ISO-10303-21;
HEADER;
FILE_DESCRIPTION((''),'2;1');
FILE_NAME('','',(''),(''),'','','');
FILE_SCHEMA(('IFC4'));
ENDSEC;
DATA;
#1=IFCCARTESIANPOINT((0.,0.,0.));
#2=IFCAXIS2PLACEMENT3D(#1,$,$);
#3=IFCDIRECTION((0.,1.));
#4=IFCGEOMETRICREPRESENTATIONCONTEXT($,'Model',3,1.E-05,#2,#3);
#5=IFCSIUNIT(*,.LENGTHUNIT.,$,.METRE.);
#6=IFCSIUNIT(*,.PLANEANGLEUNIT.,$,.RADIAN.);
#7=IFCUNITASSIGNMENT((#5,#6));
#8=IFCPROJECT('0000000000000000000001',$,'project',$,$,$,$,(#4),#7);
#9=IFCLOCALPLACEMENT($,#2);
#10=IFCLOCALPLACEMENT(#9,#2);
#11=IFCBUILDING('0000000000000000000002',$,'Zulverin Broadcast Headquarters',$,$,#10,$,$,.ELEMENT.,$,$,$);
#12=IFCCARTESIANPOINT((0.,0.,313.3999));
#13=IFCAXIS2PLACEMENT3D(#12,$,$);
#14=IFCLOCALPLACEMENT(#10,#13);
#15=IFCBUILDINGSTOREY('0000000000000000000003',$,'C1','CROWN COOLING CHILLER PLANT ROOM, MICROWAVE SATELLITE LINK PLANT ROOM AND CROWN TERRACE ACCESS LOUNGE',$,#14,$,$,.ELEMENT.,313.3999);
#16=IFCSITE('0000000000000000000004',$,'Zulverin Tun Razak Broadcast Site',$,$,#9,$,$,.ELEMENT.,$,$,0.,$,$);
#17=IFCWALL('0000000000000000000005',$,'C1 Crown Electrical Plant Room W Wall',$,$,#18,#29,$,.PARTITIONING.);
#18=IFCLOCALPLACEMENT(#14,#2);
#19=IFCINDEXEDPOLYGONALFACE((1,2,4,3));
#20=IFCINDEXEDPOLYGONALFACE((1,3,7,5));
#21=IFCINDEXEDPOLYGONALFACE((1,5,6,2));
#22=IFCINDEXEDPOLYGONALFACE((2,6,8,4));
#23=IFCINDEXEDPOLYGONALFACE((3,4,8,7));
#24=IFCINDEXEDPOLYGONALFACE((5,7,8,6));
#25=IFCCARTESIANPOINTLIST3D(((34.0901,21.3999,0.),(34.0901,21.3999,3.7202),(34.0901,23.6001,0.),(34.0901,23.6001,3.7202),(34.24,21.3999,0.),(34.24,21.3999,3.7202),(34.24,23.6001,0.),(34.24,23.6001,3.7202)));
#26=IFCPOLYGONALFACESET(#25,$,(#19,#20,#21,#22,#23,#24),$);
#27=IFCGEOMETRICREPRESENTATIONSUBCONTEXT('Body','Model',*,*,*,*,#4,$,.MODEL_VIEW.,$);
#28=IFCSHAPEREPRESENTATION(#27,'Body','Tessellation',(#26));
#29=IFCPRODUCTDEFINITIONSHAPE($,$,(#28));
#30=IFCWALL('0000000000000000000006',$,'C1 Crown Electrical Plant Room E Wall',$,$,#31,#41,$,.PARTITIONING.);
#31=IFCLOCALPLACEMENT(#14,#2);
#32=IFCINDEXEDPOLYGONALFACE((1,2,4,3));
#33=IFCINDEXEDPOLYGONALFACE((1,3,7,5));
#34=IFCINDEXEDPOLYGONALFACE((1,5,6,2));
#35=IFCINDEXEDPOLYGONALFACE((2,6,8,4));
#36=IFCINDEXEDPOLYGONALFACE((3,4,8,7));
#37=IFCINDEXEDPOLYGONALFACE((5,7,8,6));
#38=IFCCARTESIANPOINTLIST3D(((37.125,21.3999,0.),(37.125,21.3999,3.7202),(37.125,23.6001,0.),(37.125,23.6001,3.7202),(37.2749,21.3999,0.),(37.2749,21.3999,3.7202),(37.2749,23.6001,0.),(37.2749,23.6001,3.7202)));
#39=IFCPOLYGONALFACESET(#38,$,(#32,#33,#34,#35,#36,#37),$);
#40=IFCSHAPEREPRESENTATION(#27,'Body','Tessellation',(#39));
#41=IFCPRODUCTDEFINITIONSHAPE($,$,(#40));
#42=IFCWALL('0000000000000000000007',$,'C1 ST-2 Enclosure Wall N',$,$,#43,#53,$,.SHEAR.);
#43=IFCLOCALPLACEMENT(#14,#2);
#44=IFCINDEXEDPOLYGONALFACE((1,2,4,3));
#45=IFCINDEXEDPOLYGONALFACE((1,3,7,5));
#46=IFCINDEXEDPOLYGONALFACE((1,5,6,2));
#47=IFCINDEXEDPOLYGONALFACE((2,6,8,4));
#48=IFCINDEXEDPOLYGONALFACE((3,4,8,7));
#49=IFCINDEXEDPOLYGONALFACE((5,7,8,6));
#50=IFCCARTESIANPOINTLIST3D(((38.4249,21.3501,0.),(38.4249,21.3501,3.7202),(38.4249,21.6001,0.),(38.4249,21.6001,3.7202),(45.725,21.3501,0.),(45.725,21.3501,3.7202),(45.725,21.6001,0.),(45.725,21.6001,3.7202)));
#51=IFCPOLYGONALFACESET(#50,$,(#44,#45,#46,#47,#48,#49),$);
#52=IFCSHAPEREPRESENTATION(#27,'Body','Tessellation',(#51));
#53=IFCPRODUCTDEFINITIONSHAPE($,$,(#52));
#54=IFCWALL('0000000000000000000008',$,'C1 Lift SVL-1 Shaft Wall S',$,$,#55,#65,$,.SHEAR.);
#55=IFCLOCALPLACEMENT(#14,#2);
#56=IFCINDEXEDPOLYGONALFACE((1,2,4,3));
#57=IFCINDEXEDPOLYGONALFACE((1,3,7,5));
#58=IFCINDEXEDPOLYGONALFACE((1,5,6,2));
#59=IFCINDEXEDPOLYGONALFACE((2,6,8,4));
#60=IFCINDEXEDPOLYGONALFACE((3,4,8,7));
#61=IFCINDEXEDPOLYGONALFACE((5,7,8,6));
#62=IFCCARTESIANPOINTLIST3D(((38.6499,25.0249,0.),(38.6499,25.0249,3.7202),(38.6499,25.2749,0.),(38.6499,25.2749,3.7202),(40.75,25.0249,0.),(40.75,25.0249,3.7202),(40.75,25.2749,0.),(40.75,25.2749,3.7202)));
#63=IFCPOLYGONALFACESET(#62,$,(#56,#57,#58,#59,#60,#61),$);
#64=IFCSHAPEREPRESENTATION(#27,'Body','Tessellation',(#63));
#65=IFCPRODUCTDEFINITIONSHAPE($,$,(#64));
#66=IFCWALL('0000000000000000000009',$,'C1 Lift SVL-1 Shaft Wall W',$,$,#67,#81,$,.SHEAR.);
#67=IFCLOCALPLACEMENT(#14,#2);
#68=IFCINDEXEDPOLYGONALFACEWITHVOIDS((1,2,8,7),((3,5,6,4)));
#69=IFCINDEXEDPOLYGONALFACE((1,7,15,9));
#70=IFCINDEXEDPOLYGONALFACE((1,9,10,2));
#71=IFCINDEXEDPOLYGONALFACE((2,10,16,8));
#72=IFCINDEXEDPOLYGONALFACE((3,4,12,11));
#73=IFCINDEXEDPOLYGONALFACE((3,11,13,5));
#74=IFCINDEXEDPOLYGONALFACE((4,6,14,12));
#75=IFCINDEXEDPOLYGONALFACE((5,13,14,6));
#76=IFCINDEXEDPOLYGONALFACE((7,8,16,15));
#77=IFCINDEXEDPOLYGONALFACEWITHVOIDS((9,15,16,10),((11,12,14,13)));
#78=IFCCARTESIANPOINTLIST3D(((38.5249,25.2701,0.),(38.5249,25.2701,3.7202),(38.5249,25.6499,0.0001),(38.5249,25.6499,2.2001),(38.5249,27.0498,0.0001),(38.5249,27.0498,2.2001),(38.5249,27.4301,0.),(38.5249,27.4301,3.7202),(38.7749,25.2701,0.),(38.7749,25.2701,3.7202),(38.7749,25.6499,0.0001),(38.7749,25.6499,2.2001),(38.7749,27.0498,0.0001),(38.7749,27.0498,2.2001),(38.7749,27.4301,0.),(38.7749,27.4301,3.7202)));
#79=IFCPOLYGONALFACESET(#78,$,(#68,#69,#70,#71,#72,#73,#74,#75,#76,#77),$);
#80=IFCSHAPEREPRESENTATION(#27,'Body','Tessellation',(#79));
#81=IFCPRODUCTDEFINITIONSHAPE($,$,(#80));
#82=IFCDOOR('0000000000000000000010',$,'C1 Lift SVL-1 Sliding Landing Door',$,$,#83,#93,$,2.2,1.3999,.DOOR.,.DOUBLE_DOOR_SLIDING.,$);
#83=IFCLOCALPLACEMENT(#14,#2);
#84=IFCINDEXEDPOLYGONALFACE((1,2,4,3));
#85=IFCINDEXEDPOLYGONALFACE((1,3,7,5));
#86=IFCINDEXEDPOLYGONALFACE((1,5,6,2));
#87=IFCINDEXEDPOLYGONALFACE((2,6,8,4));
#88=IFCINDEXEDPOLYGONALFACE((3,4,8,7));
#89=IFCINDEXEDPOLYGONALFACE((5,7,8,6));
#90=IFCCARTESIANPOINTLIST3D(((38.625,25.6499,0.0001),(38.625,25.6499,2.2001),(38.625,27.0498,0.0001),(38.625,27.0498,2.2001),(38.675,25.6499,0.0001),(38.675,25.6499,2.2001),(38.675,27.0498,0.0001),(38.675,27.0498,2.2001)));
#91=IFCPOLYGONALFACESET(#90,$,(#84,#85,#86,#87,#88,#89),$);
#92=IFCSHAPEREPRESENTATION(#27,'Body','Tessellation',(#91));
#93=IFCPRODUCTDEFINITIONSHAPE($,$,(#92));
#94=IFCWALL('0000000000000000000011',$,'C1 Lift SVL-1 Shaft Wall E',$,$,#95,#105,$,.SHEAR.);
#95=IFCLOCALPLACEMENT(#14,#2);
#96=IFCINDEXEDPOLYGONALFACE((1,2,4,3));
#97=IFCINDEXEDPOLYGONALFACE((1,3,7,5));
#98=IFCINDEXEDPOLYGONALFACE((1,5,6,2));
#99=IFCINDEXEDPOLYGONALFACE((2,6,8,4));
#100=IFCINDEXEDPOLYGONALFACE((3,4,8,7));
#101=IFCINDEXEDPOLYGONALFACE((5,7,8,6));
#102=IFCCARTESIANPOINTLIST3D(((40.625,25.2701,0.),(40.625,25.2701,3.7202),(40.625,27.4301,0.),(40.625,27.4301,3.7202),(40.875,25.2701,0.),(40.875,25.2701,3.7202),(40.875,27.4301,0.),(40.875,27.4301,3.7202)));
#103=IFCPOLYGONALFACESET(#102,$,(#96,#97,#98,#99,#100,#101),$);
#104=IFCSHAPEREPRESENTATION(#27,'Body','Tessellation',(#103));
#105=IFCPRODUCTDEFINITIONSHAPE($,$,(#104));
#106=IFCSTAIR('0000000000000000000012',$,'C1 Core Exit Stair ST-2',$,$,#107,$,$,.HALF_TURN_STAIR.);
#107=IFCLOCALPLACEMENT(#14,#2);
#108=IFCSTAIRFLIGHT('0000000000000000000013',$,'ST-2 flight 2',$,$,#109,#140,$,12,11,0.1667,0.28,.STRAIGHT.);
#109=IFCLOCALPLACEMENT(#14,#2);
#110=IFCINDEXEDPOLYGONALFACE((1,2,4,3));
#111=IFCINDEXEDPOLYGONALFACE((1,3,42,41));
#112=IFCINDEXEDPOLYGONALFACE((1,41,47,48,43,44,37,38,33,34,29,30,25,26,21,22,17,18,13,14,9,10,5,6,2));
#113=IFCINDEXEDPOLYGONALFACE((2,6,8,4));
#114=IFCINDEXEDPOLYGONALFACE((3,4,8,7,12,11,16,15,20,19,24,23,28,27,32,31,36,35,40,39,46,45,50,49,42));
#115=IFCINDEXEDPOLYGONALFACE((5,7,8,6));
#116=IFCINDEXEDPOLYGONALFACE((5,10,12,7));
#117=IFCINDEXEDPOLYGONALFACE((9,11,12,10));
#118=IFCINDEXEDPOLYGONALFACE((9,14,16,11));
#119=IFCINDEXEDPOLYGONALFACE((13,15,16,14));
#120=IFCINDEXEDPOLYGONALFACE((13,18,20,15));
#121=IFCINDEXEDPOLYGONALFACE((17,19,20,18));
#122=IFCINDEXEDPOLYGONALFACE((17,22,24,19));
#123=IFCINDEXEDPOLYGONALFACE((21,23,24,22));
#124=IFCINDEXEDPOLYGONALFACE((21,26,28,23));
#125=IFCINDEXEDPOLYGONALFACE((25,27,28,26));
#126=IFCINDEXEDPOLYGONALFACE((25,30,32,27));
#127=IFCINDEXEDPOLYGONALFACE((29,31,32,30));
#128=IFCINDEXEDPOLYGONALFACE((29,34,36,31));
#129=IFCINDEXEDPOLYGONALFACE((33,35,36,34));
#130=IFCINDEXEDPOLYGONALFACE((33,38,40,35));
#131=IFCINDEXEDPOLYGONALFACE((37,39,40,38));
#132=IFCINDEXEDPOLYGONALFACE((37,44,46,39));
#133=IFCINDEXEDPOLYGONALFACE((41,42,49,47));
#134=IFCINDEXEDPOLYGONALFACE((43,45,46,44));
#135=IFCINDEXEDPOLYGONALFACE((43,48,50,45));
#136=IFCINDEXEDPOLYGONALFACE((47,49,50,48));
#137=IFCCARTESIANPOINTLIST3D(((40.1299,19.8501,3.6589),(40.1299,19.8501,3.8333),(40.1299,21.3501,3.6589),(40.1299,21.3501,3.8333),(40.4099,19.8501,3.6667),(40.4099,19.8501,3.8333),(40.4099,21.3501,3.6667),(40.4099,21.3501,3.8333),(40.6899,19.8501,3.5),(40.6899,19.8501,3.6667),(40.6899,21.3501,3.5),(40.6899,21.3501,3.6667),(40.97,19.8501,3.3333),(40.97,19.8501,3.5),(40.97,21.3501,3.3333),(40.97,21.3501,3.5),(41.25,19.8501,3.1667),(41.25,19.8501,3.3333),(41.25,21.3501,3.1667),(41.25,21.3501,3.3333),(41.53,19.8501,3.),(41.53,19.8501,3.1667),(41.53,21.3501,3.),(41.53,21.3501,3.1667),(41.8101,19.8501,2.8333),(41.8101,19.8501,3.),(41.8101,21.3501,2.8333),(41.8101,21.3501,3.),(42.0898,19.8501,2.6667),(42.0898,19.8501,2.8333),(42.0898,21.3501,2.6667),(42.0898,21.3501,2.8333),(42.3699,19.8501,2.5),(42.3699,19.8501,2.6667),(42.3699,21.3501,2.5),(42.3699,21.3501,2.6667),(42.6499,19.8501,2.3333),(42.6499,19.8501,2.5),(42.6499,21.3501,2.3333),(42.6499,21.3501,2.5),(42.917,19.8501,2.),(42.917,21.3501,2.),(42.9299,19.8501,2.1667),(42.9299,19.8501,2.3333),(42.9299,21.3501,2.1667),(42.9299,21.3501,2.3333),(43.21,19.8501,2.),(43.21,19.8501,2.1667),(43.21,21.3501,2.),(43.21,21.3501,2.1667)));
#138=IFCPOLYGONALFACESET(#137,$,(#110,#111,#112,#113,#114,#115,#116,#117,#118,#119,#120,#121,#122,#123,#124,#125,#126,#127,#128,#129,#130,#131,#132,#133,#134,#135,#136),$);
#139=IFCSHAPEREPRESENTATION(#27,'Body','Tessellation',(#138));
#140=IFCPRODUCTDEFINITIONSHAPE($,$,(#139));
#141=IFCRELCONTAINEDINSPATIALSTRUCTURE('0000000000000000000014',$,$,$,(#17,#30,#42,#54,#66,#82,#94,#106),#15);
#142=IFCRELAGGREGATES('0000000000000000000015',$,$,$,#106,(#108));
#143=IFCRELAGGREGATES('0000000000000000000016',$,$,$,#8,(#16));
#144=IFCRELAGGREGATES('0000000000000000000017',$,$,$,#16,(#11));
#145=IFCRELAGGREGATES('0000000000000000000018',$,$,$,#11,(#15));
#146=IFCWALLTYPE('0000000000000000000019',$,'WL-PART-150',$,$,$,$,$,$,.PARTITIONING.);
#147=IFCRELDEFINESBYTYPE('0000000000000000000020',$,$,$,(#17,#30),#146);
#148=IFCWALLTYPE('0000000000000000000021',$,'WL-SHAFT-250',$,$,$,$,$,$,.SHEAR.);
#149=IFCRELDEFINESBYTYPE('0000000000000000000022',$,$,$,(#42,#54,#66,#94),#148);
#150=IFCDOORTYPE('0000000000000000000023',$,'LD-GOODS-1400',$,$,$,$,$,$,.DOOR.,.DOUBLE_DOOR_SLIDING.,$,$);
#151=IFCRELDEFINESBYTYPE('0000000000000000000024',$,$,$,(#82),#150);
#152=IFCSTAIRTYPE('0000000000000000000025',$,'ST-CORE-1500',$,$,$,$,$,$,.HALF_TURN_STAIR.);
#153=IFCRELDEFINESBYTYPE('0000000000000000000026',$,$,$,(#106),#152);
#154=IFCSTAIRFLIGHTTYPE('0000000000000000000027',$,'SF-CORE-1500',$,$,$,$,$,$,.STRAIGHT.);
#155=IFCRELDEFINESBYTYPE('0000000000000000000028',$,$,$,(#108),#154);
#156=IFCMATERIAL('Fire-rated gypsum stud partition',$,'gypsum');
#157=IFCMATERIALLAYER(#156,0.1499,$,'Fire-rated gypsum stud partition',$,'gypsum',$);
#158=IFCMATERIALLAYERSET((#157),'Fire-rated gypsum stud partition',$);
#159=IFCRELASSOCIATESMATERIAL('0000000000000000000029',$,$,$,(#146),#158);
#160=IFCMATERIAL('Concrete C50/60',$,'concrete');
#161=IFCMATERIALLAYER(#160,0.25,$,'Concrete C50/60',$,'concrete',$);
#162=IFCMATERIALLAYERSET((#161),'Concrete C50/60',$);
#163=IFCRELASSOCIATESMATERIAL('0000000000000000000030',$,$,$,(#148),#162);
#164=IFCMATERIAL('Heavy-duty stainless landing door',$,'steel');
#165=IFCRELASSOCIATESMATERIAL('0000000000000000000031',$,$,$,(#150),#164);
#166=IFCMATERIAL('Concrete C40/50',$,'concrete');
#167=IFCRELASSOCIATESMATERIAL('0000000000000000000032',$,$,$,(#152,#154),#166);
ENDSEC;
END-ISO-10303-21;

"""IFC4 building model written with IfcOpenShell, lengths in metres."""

from ifc_helpers import new_model, si_unit, direction, frame, frame_2d, origin, place, context, subcontext, project, spatial, polyline, rectangle, outline, extrude, material, layer, layer_set, type_object, element, fill, aggregate, save


model = new_model("IFC4")

# Units and contexts
model_context = context("Model", 3, precision=1e-05, world=origin(), true_north=direction((0.0, 1.0)))
body_context = subcontext(model_context, "Body", "Model", "MODEL_VIEW")
ifc_project = project(units=[si_unit("LENGTHUNIT", "METRE"), si_unit("PLANEANGLEUNIT", "RADIAN")], contexts=[model_context])

# Site, building, storey
site_placement = place(None, origin())
site = spatial("IfcSite", under=ifc_project, at=site_placement, Name="Zulverin Tun Razak Broadcast Site", CompositionType="ELEMENT", RefElevation=0.0)
building_placement = place(site_placement, origin())
building = spatial("IfcBuilding", under=site, at=building_placement, Name="Zulverin Broadcast Headquarters", CompositionType="ELEMENT")
storey_placement = place(building_placement, frame((0.0, 0.0, 313.3999)))
storey = spatial("IfcBuildingStorey", under=building, at=storey_placement, Name="C1", Description="CROWN COOLING CHILLER PLANT ROOM, MICROWAVE SATELLITE LINK PLANT ROOM AND CROWN TERRACE ACCESS LOUNGE", CompositionType="ELEMENT", Elevation=313.3999)

# Shared definitions
ifc_material_1 = material(Name="Concrete C50/60", Category="concrete")

# Shared definitions
ifc_material_2 = material(Name="Concrete C40/50", Category="concrete")

# Shared definitions
ifc_material_3 = material(Name="Fire-rated gypsum stud partition", Category="gypsum")
ifc_layer_1 = layer(ifc_material_3, 0.1499, Name="Fire-rated gypsum stud partition", Category="gypsum")
ifc_layer_set_1 = layer_set([ifc_layer_1], Name="Fire-rated gypsum stud partition")
wall_type_1 = type_object("IfcWallType", Name="WL-PART-150", PredefinedType="PARTITIONING", material=ifc_layer_set_1)

# Walls
for number, where, z_axis, x_axis, name in (
    (1, (34.165, 21.3999, 0.0), (0.0, 0.0, 1.0), (0.0, 1.0, 0.0), "C1 Crown Electrical Plant Room W Wall"),
    (2, (37.2, 21.3999, 0.0), (0.0, 0.0, 1.0), (0.0, 1.0, 0.0), "C1 Crown Electrical Plant Room E Wall"),
):
    element("IfcWall", number, at=place(storey_placement, frame(where, z_axis=z_axis, x_axis=x_axis)), inside=storey, type_object=wall_type_1, Name=name, PredefinedType="PARTITIONING", context=body_context, shape_type="SweptSolid", body=[
        extrude(rectangle(XDim=2.2002, YDim=0.1499, at=frame_2d((1.1001, 0.0))), origin(), (0.0, 0.0, 1.0), 3.7202),
    ])
ifc_layer_2 = layer(ifc_material_1, 0.25, Name="Concrete C50/60", Category="concrete")
ifc_layer_set_2 = layer_set([ifc_layer_2], Name="Concrete C50/60")
wall_type_2 = type_object("IfcWallType", Name="WL-SHAFT-250", PredefinedType="SHEAR", material=ifc_layer_set_2)
wall_1_placement = place(storey_placement, frame((38.425, 21.4751, 0.0), z_axis=(0.0, 0.0, 1.0), x_axis=(1.0, 0.0, 0.0)))
element("IfcWall", 3, at=wall_1_placement, inside=storey, type_object=wall_type_2, Name="C1 ST-2 Enclosure Wall N", PredefinedType="SHEAR", context=body_context, shape_type="SweptSolid", body=[
    extrude(rectangle(XDim=7.3, YDim=0.25, at=frame_2d((3.6499, 0.0))), origin(), (0.0, 0.0, 1.0), 3.7202),
])

# Wall
wall_2_placement = place(storey_placement, frame((38.6499, 25.1499, 0.0), z_axis=(0.0, 0.0, 1.0), x_axis=(1.0, 0.0, 0.0)))
element("IfcWall", 4, at=wall_2_placement, inside=storey, type_object=wall_type_2, Name="C1 Lift SVL-1 Shaft Wall S", PredefinedType="SHEAR", context=body_context, shape_type="SweptSolid", body=[
    extrude(rectangle(XDim=2.1001, YDim=0.25, at=frame_2d((1.05, 0.0))), origin(), (0.0, 0.0, 1.0), 3.7202),
])

# Wall, opening, door
wall_3_placement = place(storey_placement, frame((38.6499, 25.27, 0.0), z_axis=(0.0, 0.0, 1.0), x_axis=(0.0, 1.0, 0.0)))
wall_3 = element("IfcWall", 5, at=wall_3_placement, inside=storey, type_object=wall_type_2, Name="C1 Lift SVL-1 Shaft Wall W", PredefinedType="SHEAR", context=body_context, shape_type="SweptSolid", body=[
    extrude(rectangle(XDim=2.1599, YDim=0.25, at=frame_2d((1.0801, 0.0))), origin(), (0.0, 0.0, 1.0), 3.7202),
])
opening_1_placement = place(wall_3_placement, frame((0.3799, 0.0, 0.0)))
opening_1 = element("IfcOpeningElement", 6, at=opening_1_placement, cuts=wall_3, PredefinedType="OPENING", context=body_context, shape_type="SweptSolid", body=[
    extrude(rectangle(XDim=1.3999, YDim=2.2, at=frame_2d((0.7, 1.1001))), frame((0.0, 0.135, 0.0), z_axis=(0.0, -1.0, 0.0), x_axis=(1.0, 0.0, 0.0)), (0.0, 0.0, 1.0), 0.27),
])
ifc_material_4 = material(Name="Heavy-duty stainless landing door", Category="steel")
door_type_1 = type_object("IfcDoorType", Name="LD-GOODS-1400", OperationType="DOUBLE_DOOR_SLIDING", PredefinedType="DOOR", material=ifc_material_4)
door_1_placement = place(opening_1_placement, origin())
door_1 = element("IfcDoor", 7, at=door_1_placement, inside=storey, type_object=door_type_1, Name="C1 Lift SVL-1 Sliding Landing Door", OperationType="DOUBLE_DOOR_SLIDING", OverallHeight=2.2, OverallWidth=1.3999, PredefinedType="DOOR", context=body_context, shape_type="SweptSolid", body=[
    extrude(rectangle(XDim=1.3999, YDim=2.2, at=frame_2d((0.7, 1.1001))), frame((0.0, 0.0249, 0.0), z_axis=(0.0, -1.0, 0.0), x_axis=(1.0, 0.0, 0.0)), (0.0, 0.0, 1.0), 0.05),
])
fill(opening_1, door_1)

# Wall
wall_4_placement = place(storey_placement, frame((40.75, 25.27, 0.0), z_axis=(0.0, 0.0, 1.0), x_axis=(0.0, 1.0, 0.0)))
element("IfcWall", 8, at=wall_4_placement, inside=storey, type_object=wall_type_2, Name="C1 Lift SVL-1 Shaft Wall E", PredefinedType="SHEAR", context=body_context, shape_type="SweptSolid", body=[
    extrude(rectangle(XDim=2.1599, YDim=0.25, at=frame_2d((1.0801, 0.0))), origin(), (0.0, 0.0, 1.0), 3.7202),
])

# Stair, stair flight
stair_type = type_object("IfcStairType", Name="ST-CORE-1500", PredefinedType="HALF_TURN_STAIR", material=ifc_material_2)
stair_placement = place(storey_placement, origin())
stair = element("IfcStair", 9, at=stair_placement, inside=storey, type_object=stair_type, Name="C1 Core Exit Stair ST-2", PredefinedType="HALF_TURN_STAIR")
stair_flight_type = type_object("IfcStairFlightType", Name="SF-CORE-1500", PredefinedType="STRAIGHT", material=ifc_material_2)
stair_flight_placement = place(storey_placement, frame((43.21, 20.6001, 2.0), z_axis=(0.0, 0.0, 1.0), x_axis=(-1.0, 0.0, 0.0)))
stair_flight = element("IfcStairFlight", 10, at=stair_flight_placement, type_object=stair_flight_type, Name="ST-2 flight 2", NumberOfRisers=12, NumberOfTreads=11, PredefinedType="STRAIGHT", RiserHeight=0.1667, TreadLength=0.28, context=body_context, shape_type="SweptSolid", body=[
    extrude(outline(polyline([(0.0, 0.0), (0.0, 0.1667), (0.28, 0.1667), (0.28, 0.3333), (0.5601, 0.3333), (0.5601, 0.5), (0.8401, 0.5), (0.8401, 0.6667), (1.1201, 0.6667), (1.1201, 0.8333), (1.3999, 0.8333), (1.3999, 1.0), (1.6799, 1.0), (1.6799, 1.1667), (1.96, 1.1667), (1.96, 1.3333), (2.24, 1.3333), (2.24, 1.5), (2.52, 1.5), (2.52, 1.6667), (2.8, 1.6667), (2.8, 1.8333), (3.0801, 1.8333), (3.0801, 2.0), (3.0801, 1.6589), (0.293, 0.0), (0.0, 0.0)])), frame((0.0, 0.75, 0.0), z_axis=(0.0, -1.0, 0.0), x_axis=(1.0, 0.0, 0.0)), (0.0, 0.0, 1.0), 1.5),
])
aggregate(stair, [stair_flight])

save(model, "model.ifc")
